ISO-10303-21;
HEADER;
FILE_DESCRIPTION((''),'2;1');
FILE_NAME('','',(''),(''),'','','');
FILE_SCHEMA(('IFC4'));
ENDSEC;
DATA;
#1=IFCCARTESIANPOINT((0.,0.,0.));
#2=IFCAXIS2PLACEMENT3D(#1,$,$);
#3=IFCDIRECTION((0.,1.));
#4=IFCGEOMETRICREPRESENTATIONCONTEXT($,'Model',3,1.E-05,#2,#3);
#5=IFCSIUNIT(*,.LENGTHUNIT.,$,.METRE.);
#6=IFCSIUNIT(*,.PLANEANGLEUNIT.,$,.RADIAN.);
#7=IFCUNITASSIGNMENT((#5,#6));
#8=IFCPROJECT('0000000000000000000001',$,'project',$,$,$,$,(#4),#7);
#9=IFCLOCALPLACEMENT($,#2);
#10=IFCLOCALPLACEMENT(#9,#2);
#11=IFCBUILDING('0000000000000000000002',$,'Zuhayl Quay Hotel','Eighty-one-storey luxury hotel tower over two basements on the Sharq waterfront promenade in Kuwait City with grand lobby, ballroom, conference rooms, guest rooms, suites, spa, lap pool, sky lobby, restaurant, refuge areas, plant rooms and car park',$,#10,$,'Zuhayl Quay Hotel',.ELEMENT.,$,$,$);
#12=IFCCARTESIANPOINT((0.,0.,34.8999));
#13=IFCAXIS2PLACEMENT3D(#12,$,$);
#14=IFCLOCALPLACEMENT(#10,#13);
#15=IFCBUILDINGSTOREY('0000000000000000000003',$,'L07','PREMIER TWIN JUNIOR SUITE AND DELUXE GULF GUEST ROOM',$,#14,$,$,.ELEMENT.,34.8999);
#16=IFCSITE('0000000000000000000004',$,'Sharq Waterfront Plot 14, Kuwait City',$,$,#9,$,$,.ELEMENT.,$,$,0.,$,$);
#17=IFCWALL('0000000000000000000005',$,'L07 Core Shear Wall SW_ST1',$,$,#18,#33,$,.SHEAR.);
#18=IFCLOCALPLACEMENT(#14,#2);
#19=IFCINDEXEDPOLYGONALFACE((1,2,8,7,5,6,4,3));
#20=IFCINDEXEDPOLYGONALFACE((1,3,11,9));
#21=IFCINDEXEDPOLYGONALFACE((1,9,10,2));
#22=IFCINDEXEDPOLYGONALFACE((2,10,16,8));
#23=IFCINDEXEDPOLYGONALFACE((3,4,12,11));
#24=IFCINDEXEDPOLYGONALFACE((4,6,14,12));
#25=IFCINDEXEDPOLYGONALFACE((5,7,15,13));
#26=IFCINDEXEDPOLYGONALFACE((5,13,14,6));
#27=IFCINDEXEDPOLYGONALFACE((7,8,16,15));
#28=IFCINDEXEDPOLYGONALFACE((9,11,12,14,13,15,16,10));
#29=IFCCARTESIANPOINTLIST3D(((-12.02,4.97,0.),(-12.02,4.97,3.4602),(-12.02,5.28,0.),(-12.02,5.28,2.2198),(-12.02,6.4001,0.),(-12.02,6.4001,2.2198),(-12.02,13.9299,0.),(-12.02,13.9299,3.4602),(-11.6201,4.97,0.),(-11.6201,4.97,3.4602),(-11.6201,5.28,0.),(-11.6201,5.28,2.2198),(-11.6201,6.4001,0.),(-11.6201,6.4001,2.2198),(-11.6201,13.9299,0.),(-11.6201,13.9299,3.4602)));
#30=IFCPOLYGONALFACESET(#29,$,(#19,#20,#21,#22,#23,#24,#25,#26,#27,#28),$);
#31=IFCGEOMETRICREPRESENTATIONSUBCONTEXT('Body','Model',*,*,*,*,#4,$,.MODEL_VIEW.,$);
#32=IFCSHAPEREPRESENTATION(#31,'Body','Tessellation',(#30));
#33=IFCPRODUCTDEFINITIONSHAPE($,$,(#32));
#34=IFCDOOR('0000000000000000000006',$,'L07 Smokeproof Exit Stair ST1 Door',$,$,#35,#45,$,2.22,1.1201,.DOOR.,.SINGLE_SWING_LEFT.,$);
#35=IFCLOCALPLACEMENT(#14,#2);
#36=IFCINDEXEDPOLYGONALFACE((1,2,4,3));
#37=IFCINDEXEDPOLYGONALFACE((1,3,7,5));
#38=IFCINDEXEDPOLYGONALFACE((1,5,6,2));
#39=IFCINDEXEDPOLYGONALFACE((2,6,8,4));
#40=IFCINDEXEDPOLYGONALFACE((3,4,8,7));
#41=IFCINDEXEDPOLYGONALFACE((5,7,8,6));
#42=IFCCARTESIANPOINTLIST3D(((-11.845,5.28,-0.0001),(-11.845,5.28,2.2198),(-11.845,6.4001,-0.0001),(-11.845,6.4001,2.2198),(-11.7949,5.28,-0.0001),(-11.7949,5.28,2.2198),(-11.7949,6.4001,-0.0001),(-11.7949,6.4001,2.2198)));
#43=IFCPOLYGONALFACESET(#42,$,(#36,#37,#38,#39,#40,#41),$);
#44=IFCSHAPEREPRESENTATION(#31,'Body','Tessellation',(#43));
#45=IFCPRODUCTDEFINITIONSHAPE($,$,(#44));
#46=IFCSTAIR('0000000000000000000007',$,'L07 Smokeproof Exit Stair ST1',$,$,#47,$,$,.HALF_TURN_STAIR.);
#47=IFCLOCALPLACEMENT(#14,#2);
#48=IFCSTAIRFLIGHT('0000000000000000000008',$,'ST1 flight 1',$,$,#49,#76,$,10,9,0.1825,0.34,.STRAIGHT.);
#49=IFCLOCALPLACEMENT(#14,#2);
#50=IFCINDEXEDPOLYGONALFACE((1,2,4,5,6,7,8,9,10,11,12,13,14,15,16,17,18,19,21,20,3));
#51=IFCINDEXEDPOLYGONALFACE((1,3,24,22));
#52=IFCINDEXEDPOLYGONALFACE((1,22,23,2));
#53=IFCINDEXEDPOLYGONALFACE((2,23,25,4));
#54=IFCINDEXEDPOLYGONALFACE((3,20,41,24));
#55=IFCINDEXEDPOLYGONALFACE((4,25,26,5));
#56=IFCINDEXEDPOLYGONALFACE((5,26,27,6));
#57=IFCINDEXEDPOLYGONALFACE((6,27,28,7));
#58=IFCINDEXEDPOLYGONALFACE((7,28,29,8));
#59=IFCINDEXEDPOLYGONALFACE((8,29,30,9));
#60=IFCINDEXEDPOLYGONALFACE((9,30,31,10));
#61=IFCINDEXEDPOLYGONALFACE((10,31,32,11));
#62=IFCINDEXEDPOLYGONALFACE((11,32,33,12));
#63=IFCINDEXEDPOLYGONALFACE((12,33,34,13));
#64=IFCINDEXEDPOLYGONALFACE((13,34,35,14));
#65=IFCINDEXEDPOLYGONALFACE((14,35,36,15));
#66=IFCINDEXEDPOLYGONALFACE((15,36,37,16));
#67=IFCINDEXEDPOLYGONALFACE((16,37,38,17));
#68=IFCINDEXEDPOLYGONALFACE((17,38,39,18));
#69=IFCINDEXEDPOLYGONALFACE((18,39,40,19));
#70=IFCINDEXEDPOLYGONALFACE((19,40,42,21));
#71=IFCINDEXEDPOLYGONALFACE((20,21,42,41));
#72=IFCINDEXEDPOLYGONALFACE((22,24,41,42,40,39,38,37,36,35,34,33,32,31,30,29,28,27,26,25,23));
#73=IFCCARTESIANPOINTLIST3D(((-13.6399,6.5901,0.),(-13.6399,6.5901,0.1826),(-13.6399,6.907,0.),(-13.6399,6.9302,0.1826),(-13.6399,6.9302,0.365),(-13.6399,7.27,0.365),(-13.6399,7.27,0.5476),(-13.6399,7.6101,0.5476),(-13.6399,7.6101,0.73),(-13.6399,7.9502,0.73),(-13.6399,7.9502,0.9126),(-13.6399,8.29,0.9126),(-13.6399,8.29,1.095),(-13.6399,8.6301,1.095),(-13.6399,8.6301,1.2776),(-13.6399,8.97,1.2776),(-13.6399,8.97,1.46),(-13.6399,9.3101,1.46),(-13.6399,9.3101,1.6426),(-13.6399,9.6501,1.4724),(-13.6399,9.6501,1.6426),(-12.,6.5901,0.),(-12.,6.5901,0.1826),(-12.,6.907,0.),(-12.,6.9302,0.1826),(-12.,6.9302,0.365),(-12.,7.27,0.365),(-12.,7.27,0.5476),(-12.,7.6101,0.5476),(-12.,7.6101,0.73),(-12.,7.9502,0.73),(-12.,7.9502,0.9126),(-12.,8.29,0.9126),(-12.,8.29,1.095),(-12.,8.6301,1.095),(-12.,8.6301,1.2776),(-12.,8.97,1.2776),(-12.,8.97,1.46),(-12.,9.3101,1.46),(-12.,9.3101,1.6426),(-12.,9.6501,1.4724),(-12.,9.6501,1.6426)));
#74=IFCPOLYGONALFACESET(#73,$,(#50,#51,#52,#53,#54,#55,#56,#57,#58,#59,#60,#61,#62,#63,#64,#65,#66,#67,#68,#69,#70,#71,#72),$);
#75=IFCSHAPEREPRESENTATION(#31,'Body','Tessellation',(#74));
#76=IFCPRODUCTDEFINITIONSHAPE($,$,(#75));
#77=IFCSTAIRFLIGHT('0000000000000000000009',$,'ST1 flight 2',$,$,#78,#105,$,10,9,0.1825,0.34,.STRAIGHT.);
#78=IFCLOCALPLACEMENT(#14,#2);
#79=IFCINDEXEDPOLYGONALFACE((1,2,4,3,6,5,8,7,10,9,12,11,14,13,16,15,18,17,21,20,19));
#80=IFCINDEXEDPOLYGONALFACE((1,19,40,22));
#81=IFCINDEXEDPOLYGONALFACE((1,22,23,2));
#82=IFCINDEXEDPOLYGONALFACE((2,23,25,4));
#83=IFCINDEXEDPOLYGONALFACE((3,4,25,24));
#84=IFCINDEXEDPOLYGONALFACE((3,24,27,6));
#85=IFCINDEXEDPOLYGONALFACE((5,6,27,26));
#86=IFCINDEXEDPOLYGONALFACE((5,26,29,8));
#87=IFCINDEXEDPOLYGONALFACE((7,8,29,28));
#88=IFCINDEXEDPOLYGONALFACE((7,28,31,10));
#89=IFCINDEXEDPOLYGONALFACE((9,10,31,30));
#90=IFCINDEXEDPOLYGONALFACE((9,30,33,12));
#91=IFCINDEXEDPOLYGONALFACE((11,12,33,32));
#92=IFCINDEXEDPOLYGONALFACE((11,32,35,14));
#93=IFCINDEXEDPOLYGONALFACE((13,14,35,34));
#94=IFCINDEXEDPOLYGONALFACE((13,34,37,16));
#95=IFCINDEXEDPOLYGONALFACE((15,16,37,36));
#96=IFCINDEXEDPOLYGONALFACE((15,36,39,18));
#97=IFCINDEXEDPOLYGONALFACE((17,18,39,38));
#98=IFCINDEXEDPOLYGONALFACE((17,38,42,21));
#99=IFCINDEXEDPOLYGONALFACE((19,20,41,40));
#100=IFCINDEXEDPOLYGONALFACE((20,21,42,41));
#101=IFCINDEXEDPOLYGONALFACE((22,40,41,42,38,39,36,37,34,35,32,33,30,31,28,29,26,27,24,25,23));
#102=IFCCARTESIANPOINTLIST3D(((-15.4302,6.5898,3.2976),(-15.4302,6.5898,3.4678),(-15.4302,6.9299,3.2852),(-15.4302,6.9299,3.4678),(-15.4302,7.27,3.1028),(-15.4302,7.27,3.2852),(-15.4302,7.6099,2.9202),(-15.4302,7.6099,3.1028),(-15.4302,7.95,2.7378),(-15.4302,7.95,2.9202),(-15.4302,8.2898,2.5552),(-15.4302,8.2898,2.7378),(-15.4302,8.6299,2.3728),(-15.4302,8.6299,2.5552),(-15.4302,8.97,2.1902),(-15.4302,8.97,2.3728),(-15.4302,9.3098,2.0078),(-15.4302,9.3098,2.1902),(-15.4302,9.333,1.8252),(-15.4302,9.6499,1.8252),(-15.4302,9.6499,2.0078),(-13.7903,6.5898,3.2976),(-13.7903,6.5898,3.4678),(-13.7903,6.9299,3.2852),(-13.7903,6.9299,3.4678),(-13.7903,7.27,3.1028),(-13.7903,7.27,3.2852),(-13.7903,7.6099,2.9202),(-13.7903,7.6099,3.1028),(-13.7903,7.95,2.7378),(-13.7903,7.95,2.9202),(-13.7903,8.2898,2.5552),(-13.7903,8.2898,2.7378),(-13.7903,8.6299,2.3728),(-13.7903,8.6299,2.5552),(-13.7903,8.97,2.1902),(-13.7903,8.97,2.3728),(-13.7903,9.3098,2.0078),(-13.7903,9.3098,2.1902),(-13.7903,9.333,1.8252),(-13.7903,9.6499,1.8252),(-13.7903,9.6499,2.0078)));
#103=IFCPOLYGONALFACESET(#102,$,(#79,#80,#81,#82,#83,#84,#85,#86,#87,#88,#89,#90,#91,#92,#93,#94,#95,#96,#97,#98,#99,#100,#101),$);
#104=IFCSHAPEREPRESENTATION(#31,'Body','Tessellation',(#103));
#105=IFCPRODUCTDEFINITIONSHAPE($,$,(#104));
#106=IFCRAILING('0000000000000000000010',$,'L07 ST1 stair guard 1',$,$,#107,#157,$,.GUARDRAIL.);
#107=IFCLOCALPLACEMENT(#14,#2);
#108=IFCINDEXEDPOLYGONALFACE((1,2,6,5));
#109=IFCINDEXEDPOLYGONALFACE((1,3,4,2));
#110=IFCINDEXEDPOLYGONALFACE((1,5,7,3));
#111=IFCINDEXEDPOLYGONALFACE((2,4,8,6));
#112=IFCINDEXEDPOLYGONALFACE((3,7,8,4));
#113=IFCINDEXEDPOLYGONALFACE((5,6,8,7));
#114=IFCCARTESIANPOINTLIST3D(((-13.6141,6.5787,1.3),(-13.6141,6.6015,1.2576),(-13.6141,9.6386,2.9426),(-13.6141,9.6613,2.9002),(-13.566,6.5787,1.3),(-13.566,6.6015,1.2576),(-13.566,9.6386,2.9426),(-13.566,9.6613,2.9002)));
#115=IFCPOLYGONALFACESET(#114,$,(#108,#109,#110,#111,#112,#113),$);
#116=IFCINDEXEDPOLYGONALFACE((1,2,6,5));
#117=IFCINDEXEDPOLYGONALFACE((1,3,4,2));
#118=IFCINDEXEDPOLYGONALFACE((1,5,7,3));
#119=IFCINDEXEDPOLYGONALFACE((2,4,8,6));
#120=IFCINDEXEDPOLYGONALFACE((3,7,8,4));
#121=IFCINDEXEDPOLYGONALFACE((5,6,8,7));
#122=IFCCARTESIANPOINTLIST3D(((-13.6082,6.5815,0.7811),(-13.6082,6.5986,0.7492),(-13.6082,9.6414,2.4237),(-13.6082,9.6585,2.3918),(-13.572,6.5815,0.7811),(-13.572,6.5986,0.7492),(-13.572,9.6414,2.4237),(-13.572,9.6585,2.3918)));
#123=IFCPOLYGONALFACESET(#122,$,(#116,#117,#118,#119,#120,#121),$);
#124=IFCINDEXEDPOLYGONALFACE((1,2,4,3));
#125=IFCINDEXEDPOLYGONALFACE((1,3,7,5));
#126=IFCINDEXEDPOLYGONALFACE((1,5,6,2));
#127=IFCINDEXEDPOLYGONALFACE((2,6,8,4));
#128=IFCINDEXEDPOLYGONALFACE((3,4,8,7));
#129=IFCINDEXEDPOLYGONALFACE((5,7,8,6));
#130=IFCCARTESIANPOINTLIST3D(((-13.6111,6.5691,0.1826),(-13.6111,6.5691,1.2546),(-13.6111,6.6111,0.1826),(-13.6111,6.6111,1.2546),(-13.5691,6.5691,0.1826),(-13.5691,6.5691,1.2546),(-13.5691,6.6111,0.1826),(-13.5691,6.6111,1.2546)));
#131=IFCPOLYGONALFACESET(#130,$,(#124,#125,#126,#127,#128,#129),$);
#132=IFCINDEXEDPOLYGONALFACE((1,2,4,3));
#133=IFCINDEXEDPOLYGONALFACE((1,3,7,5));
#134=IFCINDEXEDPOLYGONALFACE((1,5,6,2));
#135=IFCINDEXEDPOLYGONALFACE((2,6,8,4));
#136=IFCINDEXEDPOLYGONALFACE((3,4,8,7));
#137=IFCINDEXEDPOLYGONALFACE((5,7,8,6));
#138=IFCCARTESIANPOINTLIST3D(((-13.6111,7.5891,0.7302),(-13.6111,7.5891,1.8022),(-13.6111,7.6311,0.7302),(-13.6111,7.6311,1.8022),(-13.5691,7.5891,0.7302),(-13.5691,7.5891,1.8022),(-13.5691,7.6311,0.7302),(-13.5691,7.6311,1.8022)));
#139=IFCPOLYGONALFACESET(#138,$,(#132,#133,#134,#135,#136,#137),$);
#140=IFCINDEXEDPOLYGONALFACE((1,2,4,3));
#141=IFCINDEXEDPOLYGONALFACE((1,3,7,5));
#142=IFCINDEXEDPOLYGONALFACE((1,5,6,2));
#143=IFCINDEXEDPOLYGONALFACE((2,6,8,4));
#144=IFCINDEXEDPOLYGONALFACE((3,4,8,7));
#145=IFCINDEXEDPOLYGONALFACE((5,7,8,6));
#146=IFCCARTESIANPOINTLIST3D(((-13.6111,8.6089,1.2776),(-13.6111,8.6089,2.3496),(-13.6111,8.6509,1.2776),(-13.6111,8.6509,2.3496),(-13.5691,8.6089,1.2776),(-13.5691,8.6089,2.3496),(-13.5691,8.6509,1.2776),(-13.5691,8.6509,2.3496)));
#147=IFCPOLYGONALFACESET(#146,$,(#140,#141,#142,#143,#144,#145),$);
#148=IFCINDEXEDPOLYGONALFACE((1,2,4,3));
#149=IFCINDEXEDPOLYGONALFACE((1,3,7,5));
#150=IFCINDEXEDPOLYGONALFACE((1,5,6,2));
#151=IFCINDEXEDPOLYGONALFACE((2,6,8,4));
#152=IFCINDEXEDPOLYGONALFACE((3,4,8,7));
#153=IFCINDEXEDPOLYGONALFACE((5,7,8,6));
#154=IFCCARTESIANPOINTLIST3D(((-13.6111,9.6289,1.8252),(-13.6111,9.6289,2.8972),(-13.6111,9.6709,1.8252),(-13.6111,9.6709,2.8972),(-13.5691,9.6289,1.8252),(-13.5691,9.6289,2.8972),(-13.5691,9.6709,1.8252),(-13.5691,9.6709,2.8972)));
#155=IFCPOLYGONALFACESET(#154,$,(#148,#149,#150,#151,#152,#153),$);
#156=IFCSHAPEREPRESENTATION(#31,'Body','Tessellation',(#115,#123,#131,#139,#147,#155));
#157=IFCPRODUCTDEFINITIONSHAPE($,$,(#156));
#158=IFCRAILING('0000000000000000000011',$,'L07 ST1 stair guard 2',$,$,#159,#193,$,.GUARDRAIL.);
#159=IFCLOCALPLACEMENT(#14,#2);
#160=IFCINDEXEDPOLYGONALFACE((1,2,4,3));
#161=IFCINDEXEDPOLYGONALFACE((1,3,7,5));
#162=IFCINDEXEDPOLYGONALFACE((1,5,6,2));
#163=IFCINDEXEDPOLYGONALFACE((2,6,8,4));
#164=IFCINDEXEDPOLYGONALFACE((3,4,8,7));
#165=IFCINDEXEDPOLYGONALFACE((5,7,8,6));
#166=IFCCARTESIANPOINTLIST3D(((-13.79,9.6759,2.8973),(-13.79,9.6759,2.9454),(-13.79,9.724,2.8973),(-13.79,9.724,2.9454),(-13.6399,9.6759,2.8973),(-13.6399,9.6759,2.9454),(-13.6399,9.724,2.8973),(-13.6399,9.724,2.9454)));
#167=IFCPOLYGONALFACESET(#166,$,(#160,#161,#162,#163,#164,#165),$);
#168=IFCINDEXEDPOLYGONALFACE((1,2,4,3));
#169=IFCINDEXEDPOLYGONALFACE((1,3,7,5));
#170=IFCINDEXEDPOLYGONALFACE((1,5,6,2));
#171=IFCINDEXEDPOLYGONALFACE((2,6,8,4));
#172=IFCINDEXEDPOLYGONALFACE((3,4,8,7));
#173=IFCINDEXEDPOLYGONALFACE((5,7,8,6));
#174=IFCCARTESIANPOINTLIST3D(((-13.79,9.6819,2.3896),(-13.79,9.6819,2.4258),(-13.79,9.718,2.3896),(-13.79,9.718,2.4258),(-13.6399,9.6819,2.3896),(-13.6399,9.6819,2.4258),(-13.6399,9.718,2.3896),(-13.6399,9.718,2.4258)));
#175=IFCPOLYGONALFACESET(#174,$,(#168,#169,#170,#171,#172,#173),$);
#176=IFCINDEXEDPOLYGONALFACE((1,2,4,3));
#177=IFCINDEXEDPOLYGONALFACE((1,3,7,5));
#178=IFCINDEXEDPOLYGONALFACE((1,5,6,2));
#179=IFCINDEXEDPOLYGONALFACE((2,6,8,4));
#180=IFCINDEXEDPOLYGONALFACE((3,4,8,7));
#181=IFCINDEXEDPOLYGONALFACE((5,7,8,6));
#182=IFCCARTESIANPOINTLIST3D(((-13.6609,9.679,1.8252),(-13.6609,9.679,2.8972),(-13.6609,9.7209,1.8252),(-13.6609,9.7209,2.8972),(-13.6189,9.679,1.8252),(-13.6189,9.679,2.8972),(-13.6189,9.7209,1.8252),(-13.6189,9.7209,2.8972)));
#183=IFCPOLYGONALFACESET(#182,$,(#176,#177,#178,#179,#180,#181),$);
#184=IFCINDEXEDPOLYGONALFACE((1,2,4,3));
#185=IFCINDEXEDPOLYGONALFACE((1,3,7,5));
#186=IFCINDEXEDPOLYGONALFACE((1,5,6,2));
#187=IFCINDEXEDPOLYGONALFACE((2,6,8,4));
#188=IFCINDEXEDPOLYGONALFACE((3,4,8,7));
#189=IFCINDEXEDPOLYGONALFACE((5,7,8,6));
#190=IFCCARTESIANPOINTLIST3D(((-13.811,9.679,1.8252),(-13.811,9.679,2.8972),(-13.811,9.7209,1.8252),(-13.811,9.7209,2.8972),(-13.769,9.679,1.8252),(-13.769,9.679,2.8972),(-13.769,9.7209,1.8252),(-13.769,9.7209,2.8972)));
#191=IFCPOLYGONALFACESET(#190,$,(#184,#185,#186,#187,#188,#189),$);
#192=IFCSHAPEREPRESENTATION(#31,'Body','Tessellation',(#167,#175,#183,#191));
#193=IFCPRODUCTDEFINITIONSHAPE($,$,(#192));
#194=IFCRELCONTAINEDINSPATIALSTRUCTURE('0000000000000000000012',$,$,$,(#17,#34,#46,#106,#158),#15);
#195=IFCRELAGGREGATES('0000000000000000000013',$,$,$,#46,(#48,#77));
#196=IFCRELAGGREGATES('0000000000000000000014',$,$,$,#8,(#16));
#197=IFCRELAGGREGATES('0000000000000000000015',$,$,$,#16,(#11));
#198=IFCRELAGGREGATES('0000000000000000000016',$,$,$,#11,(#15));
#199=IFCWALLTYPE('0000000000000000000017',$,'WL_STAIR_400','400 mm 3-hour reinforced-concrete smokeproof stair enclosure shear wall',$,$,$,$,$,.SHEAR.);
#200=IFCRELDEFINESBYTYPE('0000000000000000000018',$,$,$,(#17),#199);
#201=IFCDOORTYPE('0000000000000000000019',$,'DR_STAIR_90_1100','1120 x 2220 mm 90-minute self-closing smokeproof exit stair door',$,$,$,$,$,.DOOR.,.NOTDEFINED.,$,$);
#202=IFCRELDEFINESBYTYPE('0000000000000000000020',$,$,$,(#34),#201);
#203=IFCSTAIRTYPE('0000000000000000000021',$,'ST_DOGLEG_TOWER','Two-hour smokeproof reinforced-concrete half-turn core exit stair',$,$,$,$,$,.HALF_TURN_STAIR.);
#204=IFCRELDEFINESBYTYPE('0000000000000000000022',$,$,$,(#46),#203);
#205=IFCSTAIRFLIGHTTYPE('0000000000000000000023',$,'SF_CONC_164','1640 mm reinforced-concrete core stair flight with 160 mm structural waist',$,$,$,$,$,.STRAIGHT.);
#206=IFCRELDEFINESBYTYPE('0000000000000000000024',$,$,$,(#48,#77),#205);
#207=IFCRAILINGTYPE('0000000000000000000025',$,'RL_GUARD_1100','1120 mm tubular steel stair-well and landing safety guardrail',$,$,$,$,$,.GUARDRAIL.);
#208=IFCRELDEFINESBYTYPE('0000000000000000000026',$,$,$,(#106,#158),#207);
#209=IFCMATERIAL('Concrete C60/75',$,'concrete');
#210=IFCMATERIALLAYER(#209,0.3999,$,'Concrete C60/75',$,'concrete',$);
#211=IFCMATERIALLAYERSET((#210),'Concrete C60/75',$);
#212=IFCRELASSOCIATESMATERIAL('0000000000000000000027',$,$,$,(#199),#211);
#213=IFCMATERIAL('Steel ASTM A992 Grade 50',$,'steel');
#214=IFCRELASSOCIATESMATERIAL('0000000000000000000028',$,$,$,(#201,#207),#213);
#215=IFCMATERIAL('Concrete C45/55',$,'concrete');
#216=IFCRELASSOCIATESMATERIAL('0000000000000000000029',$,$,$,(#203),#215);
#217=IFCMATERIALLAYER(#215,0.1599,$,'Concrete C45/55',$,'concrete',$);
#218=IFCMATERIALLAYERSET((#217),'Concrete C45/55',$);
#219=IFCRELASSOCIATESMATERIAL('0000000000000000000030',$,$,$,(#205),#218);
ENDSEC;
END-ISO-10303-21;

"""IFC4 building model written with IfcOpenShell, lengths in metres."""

from ifc_helpers import new_model, si_unit, direction, frame, frame_2d, origin, origin_2d, place, context, subcontext, project, spatial, polyline, rectangle, outline, extrude, material, layer, layer_set, type_object, element, fill, aggregate, save


model = new_model("IFC4")

# Units and contexts
model_context = context("Model", 3, precision=1e-05, world=origin(), true_north=direction((0.0, 1.0)))
body_context = subcontext(model_context, "Body", "Model", "MODEL_VIEW")
ifc_project = project(units=[si_unit("LENGTHUNIT", "METRE"), si_unit("PLANEANGLEUNIT", "RADIAN")], contexts=[model_context])

# Site, building, storey
site_placement = place(None, origin())
site = spatial("IfcSite", under=ifc_project, at=site_placement, Name="Sharq Waterfront Plot 14, Kuwait City", CompositionType="ELEMENT", RefElevation=0.0)
building_placement = place(site_placement, origin())
building = spatial("IfcBuilding", under=site, at=building_placement, Name="Zuhayl Quay Hotel", Description="Eighty-one-storey luxury hotel tower over two basements on the Sharq waterfront promenade in Kuwait City with grand lobby, ballroom, conference rooms, guest rooms, suites, spa, lap pool, sky lobby, restaurant, refuge areas, plant rooms and car park", LongName="Zuhayl Quay Hotel", CompositionType="ELEMENT")
storey_placement = place(building_placement, frame((0.0, 0.0, 34.8999)))
storey = spatial("IfcBuildingStorey", under=building, at=storey_placement, Name="L07", Description="PREMIER TWIN JUNIOR SUITE AND DELUXE GULF GUEST ROOM", CompositionType="ELEMENT", Elevation=34.8999)

# Shared definitions
ifc_material_1 = material(Name="Steel ASTM A992 Grade 50", Category="steel")
ifc_material_2 = material(Name="Concrete C60/75", Category="concrete")

# Wall, opening, door
ifc_layer_1 = layer(ifc_material_2, 0.3999, Name="Concrete C60/75", Category="concrete")
ifc_layer_set_1 = layer_set([ifc_layer_1], Name="Concrete C60/75")
wall_type_1 = type_object("IfcWallType", Name="WL_STAIR_400", Description="400 mm 3-hour reinforced-concrete smokeproof stair enclosure shear wall", PredefinedType="SHEAR", material=ifc_layer_set_1)
wall_1_placement = place(storey_placement, frame((-11.8201, 4.97, 0.0), z_axis=(0.0, 0.0, 1.0), x_axis=(0.0, 1.0, 0.0)))
wall_1 = element("IfcWall", 1, at=wall_1_placement, inside=storey, type_object=wall_type_1, Name="L07 Core Shear Wall SW_ST1", PredefinedType="SHEAR", context=body_context, shape_type="SweptSolid", body=[
    extrude(rectangle(XDim=8.96, YDim=0.3999, at=frame_2d((4.48, 0.0))), origin(), (0.0, 0.0, 1.0), 3.4602),
])
opening_1_placement = place(wall_1_placement, frame((0.3101, 0.0, 0.0)))
opening_1 = element("IfcOpeningElement", 2, at=opening_1_placement, cuts=wall_1, PredefinedType="OPENING", context=body_context, shape_type="SweptSolid", body=[
    extrude(rectangle(XDim=1.1201, YDim=2.22, at=frame_2d((0.5601, 1.1099))), frame((0.0, 0.21, 0.0), z_axis=(0.0, -1.0, 0.0), x_axis=(1.0, 0.0, 0.0)), (0.0, 0.0, 1.0), 0.4199),
])
door_type_1 = type_object("IfcDoorType", Name="DR_STAIR_90_1100", Description="1120 x 2220 mm 90-minute self-closing smokeproof exit stair door", OperationType="NOTDEFINED", PredefinedType="DOOR", material=ifc_material_1)
door_1_placement = place(opening_1_placement, origin())
door_1 = element("IfcDoor", 3, at=door_1_placement, inside=storey, type_object=door_type_1, Name="L07 Smokeproof Exit Stair ST1 Door", OperationType="SINGLE_SWING_LEFT", OverallHeight=2.22, OverallWidth=1.1201, PredefinedType="DOOR", context=body_context, shape_type="SweptSolid", body=[
    extrude(rectangle(XDim=1.1201, YDim=2.22, at=frame_2d((0.5601, 1.1099))), frame((0.0, 0.0249, 0.0), z_axis=(0.0, -1.0, 0.0), x_axis=(1.0, 0.0, 0.0)), (0.0, 0.0, 1.0), 0.05),
])
fill(opening_1, door_1)

# Stair, stair flights
ifc_material_3 = material(Name="Concrete C45/55", Category="concrete")
stair_type = type_object("IfcStairType", Name="ST_DOGLEG_TOWER", Description="Two-hour smokeproof reinforced-concrete half-turn core exit stair", PredefinedType="HALF_TURN_STAIR", material=ifc_material_3)
stair_placement = place(storey_placement, origin())
stair = element("IfcStair", 4, at=stair_placement, inside=storey, type_object=stair_type, Name="L07 Smokeproof Exit Stair ST1", PredefinedType="HALF_TURN_STAIR")
ifc_layer_2 = layer(ifc_material_3, 0.1599, Name="Concrete C45/55", Category="concrete")
ifc_layer_set_2 = layer_set([ifc_layer_2], Name="Concrete C45/55")
stair_flight_type = type_object("IfcStairFlightType", Name="SF_CONC_164", Description="1640 mm reinforced-concrete core stair flight with 160 mm structural waist", PredefinedType="STRAIGHT", material=ifc_layer_set_2)
stair_flight_1_placement = place(storey_placement, frame((-12.8201, 6.5901, 0.0), z_axis=(0.0, 0.0, 1.0), x_axis=(0.0, 1.0, 0.0)))
stair_flight_1 = element("IfcStairFlight", 5, at=stair_flight_1_placement, type_object=stair_flight_type, Name="ST1 flight 1", NumberOfRisers=10, NumberOfTreads=9, PredefinedType="STRAIGHT", RiserHeight=0.1825, TreadLength=0.34, context=body_context, shape_type="SweptSolid", body=[
    extrude(outline(polyline([(0.0, 0.0), (0.0, 0.1826), (0.3401, 0.1826), (0.3401, 0.365), (0.6799, 0.365), (0.6799, 0.5476), (1.02, 0.5476), (1.02, 0.73), (1.3601, 0.73), (1.3601, 0.9126), (1.7, 0.9126), (1.7, 1.095), (2.04, 1.095), (2.04, 1.2776), (2.3799, 1.2776), (2.3799, 1.46), (2.72, 1.46), (2.72, 1.6426), (3.0601, 1.6426), (3.0601, 1.825), (3.0601, 1.4724), (0.3169, 0.0), (0.0, 0.0)])), frame((0.0, 0.8198, 0.0), z_axis=(0.0, -1.0, 0.0), x_axis=(1.0, 0.0, 0.0)), (0.0, 0.0, 1.0), 1.6399),
])
stair_flight_2_placement = place(storey_placement, frame((-14.6101, 9.6499, 1.8252), z_axis=(0.0, 0.0, 1.0), x_axis=(0.0, -1.0, 0.0)))
stair_flight_2 = element("IfcStairFlight", 6, at=stair_flight_2_placement, type_object=stair_flight_type, Name="ST1 flight 2", NumberOfRisers=10, NumberOfTreads=9, PredefinedType="STRAIGHT", RiserHeight=0.1825, TreadLength=0.34, context=body_context, shape_type="SweptSolid", body=[
    extrude(outline(polyline([(0.0, 0.0), (0.0, 0.1826), (0.3401, 0.1826), (0.3401, 0.365), (0.6799, 0.365), (0.6799, 0.5476), (1.02, 0.5476), (1.02, 0.73), (1.3601, 0.73), (1.3601, 0.9126), (1.7, 0.9126), (1.7, 1.095), (2.04, 1.095), (2.04, 1.2776), (2.3799, 1.2776), (2.3799, 1.46), (2.72, 1.46), (2.72, 1.6426), (3.0601, 1.6426), (3.0601, 1.825), (3.0601, 1.4724), (0.3169, 0.0), (0.0, 0.0)])), frame((0.0, 0.8198, 0.0), z_axis=(0.0, -1.0, 0.0), x_axis=(1.0, 0.0, 0.0)), (0.0, 0.0, 1.0), 1.6399),
])
aggregate(stair, [stair_flight_1, stair_flight_2])

# Railings
railing_type_1 = type_object("IfcRailingType", Name="RL_GUARD_1100", Description="1120 mm tubular steel stair-well and landing safety guardrail", PredefinedType="GUARDRAIL", material=ifc_material_1)
railing_1_placement = place(storey_placement, frame((-13.5901, 6.5901, 0.1826)))
element("IfcRailing", 7, at=railing_1_placement, inside=storey, type_object=railing_type_1, Name="L07 ST1 stair guard 1", PredefinedType="GUARDRAIL", context=body_context, shape_type="SweptSolid", body=[
    extrude(rectangle(XDim=0.0481, YDim=0.0481, at=origin_2d()), frame((0.0, 0.0, 1.0962), z_axis=(0.0, 0.881073, 0.47298), x_axis=(-1.0, 0.0, 0.0)), (0.0, 0.0, 1.0), 3.4729),
    extrude(rectangle(XDim=0.0361, YDim=0.0361, at=origin_2d()), frame((0.0, 0.0, 0.5825), z_axis=(0.0, 0.881073, 0.47298), x_axis=(-1.0, 0.0, 0.0)), (0.0, 0.0, 1.0), 3.4729),
    extrude(rectangle(XDim=0.042, YDim=0.042, at=origin_2d()), origin(), (0.0, 0.0, 1.0), 1.072),
    extrude(rectangle(XDim=0.042, YDim=0.042, at=origin_2d()), frame((0.0, 1.02, 0.5476)), (0.0, 0.0, 1.0), 1.072),
    extrude(rectangle(XDim=0.042, YDim=0.042, at=origin_2d()), frame((0.0, 2.0398, 1.095)), (0.0, 0.0, 1.0), 1.072),
    extrude(rectangle(XDim=0.042, YDim=0.042, at=origin_2d()), frame((0.0, 3.0598, 1.6426)), (0.0, 0.0, 1.0), 1.072),
])
railing_2_placement = place(storey_placement, frame((-13.6399, 9.7, 1.8252)))
element("IfcRailing", 8, at=railing_2_placement, inside=storey, type_object=railing_type_1, Name="L07 ST1 stair guard 2", PredefinedType="GUARDRAIL", context=body_context, shape_type="SweptSolid", body=[
    extrude(rectangle(XDim=0.0481, YDim=0.0481, at=origin_2d()), frame((0.0, 0.0, 1.0962), z_axis=(-1.0, 0.0, 0.0), x_axis=(0.0, -1.0, 0.0)), (0.0, 0.0, 1.0), 0.1501),
    extrude(rectangle(XDim=0.0361, YDim=0.0361, at=origin_2d()), frame((0.0, 0.0, 0.5825), z_axis=(-1.0, 0.0, 0.0), x_axis=(0.0, -1.0, 0.0)), (0.0, 0.0, 1.0), 0.1501),
    extrude(rectangle(XDim=0.042, YDim=0.042, at=origin_2d()), origin(), (0.0, 0.0, 1.0), 1.072),
    extrude(rectangle(XDim=0.042, YDim=0.042, at=origin_2d()), frame((-0.1501, 0.0, 0.0)), (0.0, 0.0, 1.0), 1.072),
])

save(model, "model.ifc")
